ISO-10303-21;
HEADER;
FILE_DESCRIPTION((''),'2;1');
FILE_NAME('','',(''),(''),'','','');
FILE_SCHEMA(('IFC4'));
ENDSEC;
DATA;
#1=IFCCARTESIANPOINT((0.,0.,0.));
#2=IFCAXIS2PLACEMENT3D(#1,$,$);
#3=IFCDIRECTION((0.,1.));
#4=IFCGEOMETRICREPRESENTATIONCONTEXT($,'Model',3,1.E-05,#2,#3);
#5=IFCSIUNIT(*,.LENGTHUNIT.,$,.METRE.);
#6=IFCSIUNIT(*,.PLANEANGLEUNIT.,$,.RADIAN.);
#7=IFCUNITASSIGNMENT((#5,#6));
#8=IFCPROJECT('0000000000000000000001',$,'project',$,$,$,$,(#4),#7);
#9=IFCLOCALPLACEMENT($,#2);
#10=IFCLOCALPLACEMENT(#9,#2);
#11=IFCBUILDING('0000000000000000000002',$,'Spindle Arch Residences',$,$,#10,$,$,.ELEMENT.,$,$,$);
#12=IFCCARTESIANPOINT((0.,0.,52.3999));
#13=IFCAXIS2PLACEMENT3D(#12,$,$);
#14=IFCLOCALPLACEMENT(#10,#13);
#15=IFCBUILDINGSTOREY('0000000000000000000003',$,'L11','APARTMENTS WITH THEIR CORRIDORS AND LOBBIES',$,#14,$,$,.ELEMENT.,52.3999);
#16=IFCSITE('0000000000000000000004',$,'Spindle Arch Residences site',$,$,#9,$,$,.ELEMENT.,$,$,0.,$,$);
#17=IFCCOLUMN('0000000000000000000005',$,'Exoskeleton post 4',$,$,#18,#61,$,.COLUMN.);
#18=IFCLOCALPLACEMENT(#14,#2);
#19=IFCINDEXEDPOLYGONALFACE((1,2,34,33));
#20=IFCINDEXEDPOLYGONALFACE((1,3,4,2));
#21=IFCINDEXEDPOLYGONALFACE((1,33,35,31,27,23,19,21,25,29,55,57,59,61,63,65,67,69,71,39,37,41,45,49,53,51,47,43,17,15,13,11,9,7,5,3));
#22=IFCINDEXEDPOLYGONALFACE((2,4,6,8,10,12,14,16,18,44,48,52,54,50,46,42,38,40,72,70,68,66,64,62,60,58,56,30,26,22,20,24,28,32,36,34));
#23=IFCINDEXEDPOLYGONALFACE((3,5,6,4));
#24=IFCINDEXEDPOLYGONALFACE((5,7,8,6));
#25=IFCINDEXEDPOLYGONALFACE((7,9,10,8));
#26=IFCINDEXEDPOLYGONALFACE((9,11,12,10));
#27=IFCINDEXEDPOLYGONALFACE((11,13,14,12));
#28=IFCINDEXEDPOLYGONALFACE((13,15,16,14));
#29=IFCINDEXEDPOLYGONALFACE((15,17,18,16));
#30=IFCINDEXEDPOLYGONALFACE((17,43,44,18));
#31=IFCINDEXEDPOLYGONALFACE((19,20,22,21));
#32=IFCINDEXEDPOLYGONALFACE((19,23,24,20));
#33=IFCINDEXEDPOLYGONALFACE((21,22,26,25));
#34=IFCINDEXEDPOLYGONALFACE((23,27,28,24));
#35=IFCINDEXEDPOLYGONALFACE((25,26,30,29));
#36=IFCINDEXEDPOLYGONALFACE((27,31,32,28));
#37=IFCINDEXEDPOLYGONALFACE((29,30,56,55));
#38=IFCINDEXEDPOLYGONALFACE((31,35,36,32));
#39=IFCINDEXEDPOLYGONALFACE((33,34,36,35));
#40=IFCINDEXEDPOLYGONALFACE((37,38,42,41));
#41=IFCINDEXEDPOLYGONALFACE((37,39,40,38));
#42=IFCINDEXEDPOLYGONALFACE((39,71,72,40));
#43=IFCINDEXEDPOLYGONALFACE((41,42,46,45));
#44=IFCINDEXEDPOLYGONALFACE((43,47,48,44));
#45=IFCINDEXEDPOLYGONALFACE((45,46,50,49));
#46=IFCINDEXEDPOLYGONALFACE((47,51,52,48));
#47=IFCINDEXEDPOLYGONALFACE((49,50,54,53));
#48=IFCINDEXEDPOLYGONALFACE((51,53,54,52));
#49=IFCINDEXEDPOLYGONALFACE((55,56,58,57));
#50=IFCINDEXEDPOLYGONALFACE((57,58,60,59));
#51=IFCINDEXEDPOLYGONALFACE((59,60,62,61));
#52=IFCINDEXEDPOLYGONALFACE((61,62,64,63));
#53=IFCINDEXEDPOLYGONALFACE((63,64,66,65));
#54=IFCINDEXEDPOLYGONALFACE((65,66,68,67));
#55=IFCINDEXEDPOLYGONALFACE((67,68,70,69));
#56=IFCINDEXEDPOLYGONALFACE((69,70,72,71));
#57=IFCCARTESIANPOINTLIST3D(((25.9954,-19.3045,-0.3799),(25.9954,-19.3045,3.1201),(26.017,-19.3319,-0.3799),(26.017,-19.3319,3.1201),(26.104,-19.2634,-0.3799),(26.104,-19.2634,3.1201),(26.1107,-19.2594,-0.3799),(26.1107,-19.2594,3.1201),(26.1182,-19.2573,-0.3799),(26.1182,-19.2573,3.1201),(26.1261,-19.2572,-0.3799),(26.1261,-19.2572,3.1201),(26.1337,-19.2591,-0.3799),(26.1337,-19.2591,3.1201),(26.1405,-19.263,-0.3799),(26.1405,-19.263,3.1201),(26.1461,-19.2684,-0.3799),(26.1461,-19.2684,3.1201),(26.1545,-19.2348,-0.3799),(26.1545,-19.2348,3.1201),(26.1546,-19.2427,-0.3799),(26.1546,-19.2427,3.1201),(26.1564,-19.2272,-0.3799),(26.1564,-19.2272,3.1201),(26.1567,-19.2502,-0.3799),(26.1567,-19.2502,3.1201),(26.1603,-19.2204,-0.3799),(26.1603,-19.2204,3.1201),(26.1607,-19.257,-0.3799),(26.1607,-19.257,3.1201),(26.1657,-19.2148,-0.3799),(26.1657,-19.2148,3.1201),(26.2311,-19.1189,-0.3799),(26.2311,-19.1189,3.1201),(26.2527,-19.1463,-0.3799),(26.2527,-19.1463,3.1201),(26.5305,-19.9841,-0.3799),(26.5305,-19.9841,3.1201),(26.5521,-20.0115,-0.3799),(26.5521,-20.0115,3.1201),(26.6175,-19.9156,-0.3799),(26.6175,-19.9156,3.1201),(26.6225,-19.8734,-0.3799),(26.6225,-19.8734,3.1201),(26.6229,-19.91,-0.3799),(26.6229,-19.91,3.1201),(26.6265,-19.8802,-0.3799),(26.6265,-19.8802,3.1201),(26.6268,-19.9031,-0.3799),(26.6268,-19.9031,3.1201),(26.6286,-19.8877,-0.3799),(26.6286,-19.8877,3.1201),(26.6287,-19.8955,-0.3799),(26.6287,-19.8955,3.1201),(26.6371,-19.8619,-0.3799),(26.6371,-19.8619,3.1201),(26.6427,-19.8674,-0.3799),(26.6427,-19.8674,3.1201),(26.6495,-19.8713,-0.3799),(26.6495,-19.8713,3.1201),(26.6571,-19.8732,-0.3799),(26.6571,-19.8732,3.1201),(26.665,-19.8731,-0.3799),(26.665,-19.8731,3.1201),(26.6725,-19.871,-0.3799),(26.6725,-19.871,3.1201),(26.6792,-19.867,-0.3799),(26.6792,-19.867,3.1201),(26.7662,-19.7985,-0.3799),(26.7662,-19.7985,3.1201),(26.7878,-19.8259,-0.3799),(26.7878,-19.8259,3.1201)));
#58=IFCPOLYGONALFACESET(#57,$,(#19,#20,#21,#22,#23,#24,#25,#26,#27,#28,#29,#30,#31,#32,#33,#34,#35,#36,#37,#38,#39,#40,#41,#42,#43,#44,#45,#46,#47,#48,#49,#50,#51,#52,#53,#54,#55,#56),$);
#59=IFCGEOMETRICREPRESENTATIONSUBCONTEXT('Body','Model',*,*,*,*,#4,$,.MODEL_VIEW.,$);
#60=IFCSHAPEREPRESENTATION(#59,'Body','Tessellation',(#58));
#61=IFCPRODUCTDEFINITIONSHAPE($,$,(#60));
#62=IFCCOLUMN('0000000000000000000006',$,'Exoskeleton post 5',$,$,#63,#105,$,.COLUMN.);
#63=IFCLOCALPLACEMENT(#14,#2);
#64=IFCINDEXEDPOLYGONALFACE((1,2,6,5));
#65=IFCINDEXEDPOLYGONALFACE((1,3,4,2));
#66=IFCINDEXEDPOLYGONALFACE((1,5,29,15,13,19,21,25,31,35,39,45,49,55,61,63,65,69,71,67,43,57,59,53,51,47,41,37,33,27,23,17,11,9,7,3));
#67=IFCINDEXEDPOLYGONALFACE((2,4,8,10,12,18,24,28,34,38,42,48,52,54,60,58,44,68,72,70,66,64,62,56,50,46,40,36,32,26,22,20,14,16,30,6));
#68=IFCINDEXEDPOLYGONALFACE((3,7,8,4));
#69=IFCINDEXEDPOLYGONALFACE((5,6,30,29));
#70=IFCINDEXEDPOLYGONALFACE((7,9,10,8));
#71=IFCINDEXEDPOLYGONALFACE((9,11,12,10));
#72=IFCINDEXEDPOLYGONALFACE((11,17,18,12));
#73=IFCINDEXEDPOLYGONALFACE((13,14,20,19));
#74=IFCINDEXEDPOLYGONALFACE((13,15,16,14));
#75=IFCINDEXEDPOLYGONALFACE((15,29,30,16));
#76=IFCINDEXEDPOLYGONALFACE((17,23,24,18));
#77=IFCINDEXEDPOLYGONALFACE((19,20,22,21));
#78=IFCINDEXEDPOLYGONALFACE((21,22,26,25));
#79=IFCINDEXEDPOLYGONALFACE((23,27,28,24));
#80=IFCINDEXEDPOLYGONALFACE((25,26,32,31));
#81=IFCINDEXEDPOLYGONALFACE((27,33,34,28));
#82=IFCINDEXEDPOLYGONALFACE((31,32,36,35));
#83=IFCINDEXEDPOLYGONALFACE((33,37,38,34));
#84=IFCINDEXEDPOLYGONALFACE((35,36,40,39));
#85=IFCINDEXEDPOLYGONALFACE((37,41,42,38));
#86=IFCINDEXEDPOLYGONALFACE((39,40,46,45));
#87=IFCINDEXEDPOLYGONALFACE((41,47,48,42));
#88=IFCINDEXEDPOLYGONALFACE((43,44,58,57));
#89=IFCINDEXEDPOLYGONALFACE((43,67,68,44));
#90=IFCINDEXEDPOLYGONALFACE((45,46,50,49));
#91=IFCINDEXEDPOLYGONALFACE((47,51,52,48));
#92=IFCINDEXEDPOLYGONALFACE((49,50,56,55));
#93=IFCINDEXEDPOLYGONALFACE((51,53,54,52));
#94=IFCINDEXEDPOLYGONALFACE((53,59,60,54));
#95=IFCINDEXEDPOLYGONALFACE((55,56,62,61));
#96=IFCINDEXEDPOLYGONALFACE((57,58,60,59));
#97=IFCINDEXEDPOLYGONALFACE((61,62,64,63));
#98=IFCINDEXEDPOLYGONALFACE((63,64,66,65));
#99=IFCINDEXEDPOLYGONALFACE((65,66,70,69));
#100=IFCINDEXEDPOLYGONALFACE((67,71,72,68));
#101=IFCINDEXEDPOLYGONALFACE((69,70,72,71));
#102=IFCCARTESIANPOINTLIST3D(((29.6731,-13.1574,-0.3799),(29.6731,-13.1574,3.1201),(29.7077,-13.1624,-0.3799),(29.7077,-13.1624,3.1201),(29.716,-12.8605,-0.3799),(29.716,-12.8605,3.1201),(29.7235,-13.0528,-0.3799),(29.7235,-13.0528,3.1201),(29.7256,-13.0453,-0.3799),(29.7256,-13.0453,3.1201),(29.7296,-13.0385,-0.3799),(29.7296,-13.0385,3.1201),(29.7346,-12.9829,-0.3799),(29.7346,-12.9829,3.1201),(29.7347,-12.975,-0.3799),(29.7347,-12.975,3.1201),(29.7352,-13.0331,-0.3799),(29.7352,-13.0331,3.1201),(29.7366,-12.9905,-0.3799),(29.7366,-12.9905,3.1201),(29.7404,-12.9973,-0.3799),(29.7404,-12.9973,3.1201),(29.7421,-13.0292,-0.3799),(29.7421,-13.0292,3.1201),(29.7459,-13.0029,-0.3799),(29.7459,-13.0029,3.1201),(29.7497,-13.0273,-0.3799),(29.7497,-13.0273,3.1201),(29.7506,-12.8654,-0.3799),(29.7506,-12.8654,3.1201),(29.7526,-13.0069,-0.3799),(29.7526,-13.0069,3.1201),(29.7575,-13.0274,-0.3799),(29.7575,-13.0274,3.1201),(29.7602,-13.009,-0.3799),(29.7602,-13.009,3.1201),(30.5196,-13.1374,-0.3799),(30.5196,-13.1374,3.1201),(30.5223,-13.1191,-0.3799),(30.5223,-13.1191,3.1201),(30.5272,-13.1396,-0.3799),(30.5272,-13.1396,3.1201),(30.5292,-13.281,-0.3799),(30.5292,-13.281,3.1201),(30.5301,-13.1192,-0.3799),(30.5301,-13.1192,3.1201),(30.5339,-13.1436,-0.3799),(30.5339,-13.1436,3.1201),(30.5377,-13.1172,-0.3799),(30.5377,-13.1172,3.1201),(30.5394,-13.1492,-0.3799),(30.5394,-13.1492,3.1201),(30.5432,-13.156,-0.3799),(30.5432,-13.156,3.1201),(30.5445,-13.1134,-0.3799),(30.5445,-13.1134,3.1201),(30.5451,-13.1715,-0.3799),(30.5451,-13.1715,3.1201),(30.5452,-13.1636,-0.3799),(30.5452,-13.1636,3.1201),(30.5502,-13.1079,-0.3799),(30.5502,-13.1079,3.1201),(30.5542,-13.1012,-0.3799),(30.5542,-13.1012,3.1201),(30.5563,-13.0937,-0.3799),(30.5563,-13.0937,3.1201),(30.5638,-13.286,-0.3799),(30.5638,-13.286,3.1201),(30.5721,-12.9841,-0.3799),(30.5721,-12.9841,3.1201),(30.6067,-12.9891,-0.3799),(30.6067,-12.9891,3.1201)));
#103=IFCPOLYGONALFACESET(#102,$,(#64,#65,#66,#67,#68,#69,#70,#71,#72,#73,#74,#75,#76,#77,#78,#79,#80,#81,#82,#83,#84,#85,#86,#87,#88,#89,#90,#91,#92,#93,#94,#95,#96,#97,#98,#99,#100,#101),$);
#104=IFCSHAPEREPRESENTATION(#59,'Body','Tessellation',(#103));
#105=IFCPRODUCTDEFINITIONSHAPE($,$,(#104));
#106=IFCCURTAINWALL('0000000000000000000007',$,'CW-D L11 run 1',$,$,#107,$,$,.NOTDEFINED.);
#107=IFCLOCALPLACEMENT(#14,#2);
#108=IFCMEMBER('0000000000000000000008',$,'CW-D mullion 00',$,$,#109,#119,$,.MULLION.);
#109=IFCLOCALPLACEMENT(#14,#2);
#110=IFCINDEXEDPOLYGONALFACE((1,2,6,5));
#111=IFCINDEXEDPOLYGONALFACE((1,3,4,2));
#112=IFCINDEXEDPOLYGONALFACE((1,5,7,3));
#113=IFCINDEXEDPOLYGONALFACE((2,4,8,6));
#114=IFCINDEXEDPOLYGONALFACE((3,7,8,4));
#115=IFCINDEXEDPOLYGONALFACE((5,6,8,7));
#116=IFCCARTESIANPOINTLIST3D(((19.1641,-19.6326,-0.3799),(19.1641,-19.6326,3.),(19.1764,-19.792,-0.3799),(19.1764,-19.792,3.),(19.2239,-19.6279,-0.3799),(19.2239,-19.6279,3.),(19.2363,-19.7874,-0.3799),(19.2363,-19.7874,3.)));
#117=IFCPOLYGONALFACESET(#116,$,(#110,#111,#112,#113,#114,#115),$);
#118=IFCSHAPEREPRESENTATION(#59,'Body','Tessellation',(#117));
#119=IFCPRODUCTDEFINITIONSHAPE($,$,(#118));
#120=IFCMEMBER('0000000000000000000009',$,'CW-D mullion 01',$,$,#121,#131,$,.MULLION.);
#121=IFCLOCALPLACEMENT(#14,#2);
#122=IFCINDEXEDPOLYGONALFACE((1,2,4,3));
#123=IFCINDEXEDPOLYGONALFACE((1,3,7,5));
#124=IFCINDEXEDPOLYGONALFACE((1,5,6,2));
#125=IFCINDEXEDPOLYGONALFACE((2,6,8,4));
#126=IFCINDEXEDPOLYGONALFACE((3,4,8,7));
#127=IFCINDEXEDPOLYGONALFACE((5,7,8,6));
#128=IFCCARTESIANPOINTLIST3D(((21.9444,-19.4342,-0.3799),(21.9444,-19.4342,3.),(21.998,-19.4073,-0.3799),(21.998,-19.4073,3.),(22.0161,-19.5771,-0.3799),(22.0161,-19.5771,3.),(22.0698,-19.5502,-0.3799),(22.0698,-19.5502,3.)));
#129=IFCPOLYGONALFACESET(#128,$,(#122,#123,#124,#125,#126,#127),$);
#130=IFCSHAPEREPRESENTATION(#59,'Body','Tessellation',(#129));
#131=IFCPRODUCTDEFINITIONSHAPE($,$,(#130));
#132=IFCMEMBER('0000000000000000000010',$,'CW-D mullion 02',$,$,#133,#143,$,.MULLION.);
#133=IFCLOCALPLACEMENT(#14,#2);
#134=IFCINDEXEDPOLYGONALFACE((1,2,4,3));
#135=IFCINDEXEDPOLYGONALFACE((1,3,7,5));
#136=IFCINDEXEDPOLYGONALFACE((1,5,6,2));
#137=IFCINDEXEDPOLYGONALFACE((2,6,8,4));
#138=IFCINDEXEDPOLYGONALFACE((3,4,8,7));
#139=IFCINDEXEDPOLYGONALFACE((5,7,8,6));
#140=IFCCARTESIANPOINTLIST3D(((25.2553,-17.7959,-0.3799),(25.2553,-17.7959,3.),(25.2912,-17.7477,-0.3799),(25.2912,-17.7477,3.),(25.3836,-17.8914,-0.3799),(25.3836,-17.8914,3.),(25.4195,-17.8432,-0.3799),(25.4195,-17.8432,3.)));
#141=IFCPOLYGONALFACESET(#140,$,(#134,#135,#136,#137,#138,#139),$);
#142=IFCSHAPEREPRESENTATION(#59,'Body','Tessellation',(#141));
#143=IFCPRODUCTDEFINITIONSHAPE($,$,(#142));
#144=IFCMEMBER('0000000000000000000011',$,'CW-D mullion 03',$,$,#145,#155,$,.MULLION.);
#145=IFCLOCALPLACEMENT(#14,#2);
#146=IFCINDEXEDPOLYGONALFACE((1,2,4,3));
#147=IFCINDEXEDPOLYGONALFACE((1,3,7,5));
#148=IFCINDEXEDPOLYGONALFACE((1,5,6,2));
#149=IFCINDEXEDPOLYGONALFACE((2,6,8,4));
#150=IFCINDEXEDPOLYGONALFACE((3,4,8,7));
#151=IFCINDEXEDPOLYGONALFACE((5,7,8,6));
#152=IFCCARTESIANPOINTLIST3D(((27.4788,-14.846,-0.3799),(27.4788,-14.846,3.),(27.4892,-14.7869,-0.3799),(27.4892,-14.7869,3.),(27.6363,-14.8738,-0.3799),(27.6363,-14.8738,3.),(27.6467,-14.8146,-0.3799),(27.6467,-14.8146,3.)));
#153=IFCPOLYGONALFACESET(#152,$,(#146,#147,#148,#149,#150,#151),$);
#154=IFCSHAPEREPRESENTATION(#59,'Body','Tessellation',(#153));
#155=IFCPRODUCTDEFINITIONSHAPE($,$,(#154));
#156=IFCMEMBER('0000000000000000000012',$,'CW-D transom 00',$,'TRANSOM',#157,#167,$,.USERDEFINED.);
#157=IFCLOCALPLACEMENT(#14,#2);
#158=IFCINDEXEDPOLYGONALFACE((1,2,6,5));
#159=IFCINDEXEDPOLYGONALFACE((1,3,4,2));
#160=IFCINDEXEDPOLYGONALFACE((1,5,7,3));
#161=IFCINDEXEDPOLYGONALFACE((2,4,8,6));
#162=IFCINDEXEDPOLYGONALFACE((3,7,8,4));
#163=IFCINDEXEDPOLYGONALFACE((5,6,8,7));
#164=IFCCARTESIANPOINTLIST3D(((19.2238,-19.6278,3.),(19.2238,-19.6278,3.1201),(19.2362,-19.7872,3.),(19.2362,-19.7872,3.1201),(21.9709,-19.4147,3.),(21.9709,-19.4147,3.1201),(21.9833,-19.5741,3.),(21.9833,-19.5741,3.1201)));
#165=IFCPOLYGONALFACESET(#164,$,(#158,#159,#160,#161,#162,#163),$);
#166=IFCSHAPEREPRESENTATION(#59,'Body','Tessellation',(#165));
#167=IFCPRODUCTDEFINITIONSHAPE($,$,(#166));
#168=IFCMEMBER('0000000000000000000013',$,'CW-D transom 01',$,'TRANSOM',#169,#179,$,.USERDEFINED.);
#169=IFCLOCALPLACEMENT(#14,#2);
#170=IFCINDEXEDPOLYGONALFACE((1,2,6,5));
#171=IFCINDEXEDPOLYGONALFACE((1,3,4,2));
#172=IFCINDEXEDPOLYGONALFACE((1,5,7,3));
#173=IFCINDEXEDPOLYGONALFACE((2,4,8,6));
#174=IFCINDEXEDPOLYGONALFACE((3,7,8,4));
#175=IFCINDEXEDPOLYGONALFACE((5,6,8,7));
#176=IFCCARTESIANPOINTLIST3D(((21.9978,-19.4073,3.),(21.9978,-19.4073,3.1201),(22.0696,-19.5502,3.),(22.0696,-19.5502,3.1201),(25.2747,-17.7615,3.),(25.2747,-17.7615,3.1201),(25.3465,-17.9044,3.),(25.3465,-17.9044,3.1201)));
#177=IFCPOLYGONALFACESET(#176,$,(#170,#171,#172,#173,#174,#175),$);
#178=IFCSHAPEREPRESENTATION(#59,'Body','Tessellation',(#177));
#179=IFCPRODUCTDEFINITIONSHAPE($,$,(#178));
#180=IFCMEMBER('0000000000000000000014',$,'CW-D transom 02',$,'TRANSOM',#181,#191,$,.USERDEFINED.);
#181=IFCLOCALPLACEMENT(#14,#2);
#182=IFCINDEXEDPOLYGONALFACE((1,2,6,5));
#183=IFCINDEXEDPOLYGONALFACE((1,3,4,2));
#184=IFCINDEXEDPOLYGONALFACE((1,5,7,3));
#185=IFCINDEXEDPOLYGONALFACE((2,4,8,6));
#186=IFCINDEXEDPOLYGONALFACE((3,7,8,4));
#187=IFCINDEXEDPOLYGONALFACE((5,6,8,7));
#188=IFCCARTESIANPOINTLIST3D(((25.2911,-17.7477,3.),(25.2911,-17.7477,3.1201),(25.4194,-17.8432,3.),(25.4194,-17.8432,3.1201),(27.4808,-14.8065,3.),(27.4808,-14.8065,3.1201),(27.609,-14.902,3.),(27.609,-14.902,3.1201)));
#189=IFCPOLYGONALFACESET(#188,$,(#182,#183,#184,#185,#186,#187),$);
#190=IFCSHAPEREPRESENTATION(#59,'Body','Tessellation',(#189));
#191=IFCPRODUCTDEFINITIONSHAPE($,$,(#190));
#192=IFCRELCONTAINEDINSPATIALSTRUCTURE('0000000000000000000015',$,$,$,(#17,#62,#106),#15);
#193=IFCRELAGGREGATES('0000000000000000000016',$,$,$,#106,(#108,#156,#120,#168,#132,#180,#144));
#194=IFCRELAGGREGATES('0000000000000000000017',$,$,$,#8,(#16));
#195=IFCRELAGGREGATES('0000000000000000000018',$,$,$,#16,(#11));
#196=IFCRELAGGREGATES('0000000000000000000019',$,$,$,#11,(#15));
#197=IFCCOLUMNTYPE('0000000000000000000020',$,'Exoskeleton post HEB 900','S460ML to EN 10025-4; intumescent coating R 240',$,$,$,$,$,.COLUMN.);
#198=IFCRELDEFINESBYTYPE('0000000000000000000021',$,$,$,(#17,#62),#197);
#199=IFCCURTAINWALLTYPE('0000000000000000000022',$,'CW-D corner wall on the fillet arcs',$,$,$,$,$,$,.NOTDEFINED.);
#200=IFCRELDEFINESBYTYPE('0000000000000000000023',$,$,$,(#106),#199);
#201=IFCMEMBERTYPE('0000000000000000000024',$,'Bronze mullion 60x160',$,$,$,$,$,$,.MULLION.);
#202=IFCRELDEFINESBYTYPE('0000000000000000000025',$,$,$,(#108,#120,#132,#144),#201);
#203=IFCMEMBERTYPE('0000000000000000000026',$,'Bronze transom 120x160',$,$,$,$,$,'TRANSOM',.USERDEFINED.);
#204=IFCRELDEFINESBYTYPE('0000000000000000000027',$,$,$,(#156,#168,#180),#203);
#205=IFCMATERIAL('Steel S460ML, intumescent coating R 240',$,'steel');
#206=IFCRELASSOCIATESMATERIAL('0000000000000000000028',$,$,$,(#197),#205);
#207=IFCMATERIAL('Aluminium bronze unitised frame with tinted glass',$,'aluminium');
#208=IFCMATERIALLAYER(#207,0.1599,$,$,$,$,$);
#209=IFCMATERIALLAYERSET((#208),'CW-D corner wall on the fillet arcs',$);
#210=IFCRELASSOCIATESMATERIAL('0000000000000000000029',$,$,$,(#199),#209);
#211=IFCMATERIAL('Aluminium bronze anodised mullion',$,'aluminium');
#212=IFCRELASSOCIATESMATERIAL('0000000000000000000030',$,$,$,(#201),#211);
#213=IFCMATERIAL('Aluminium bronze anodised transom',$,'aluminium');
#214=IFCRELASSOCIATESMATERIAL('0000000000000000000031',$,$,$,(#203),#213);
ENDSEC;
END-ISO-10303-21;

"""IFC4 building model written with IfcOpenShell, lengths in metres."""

from ifc_helpers import new_model, si_unit, direction, frame, origin, origin_2d, place, context, subcontext, project, spatial, rectangle, i_section, extrude, material, layer, layer_set, material_profile, profile_set, type_object, element, aggregate, save


model = new_model("IFC4")

# Units and contexts
model_context = context("Model", 3, precision=1e-05, world=origin(), true_north=direction((0.0, 1.0)))
body_context = subcontext(model_context, "Body", "Model", "MODEL_VIEW")
ifc_project = project(units=[si_unit("LENGTHUNIT", "METRE"), si_unit("PLANEANGLEUNIT", "RADIAN")], contexts=[model_context])

# Site, building, storey
site_placement = place(None, origin())
site = spatial("IfcSite", under=ifc_project, at=site_placement, Name="Spindle Arch Residences site", CompositionType="ELEMENT", RefElevation=0.0)
building_placement = place(site_placement, origin())
building = spatial("IfcBuilding", under=site, at=building_placement, Name="Spindle Arch Residences", CompositionType="ELEMENT")
storey_placement = place(building_placement, frame((0.0, 0.0, 52.3999)))
storey = spatial("IfcBuildingStorey", under=building, at=storey_placement, Name="L11", Description="APARTMENTS WITH THEIR CORRIDORS AND LOBBIES", CompositionType="ELEMENT", Elevation=52.3999)

# Columns
ifc_material_1 = material(Name="Steel S460ML, intumescent coating R 240", Category="steel")
ifc_material_profile_1 = material_profile(ifc_material_1, i_section(OverallWidth=0.3, OverallDepth=0.8999, WebThickness=0.0186, FlangeThickness=0.0349, FilletRadius=0.03, at=origin_2d()), Name="HEB 900")
ifc_profile_set_1 = profile_set([ifc_material_profile_1], Name="Steel S460ML, intumescent coating R 240")
column_type = type_object("IfcColumnType", Name="Exoskeleton post HEB 900", Description="S460ML to EN 10025-4; intumescent coating R 240", PredefinedType="COLUMN", material=ifc_profile_set_1)
for number, where, z_axis, x_axis, name in (
    (1, (26.3916, -19.5652, -0.3799), (0.0, 0.0, 1.0), (-0.785684, -0.618629, 0.0), "Exoskeleton post 4"),
    (2, (30.1399, -13.0732, -0.3799), (0.0, 0.0, 1.0), (-0.142906, -0.989736, 0.0), "Exoskeleton post 5"),
):
    element("IfcColumn", number, at=place(storey_placement, frame(where, z_axis=z_axis, x_axis=x_axis)), inside=storey, type_object=column_type, Name=name, PredefinedType="COLUMN", context=body_context, shape_type="SweptSolid", body=[
        extrude(i_section(OverallWidth=0.3, OverallDepth=0.8999, WebThickness=0.0186, FlangeThickness=0.0349, FilletRadius=0.03, at=origin_2d()), origin(), (0.0, 0.0, 1.0), 3.5),
    ])

# Curtain wall, members
ifc_material_2 = material(Name="Aluminium bronze unitised frame with tinted glass", Category="aluminium")
ifc_layer_1 = layer(ifc_material_2, 0.1599)
ifc_layer_set_1 = layer_set([ifc_layer_1], Name="CW-D corner wall on the fillet arcs")
curtain_wall_type = type_object("IfcCurtainWallType", Name="CW-D corner wall on the fillet arcs", PredefinedType="NOTDEFINED", material=ifc_layer_set_1)
curtain_wall_placement = place(storey_placement, origin())
curtain_wall = element("IfcCurtainWall", 3, at=curtain_wall_placement, inside=storey, type_object=curtain_wall_type, Name="CW-D L11 run 1", PredefinedType="NOTDEFINED")
ifc_material_3 = material(Name="Aluminium bronze anodised mullion", Category="aluminium")
ifc_material_profile_2 = material_profile(ifc_material_3, rectangle(XDim=0.1599, YDim=0.0601, at=origin_2d()), Name="MU 60x160")
ifc_profile_set_2 = profile_set([ifc_material_profile_2], Name="Aluminium bronze anodised mullion")
member_type_1 = type_object("IfcMemberType", Name="Bronze mullion 60x160", PredefinedType="MULLION", material=ifc_profile_set_2)
member_1_placement = place(storey_placement, frame((19.2002, -19.71, -0.3799), z_axis=(0.0, 0.0, 1.0), x_axis=(-0.077364, 0.997003, 0.0)))
member_1 = element("IfcMember", 4, at=member_1_placement, type_object=member_type_1, Name="CW-D mullion 00", PredefinedType="MULLION", context=body_context, shape_type="SweptSolid", body=[
    extrude(rectangle(XDim=0.1599, YDim=0.0601, at=origin_2d()), origin(), (0.0, 0.0, 1.0), 3.3799),
])
member_2_placement = place(storey_placement, frame((22.0071, -19.4922, -0.3799), z_axis=(0.0, 0.0, 1.0), x_axis=(-0.448799, 0.893633, 0.0)))
member_2 = element("IfcMember", 5, at=member_2_placement, type_object=member_type_1, Name="CW-D mullion 01", PredefinedType="MULLION", context=body_context, shape_type="SweptSolid", body=[
    extrude(rectangle(XDim=0.1599, YDim=0.0601, at=origin_2d()), origin(), (0.0, 0.0, 1.0), 3.3799),
])
member_3_placement = place(storey_placement, frame((25.3374, -17.8196, -0.3799), z_axis=(0.0, 0.0, 1.0), x_axis=(-0.802123, 0.597159, 0.0)))
member_3 = element("IfcMember", 6, at=member_3_placement, type_object=member_type_1, Name="CW-D mullion 02", PredefinedType="MULLION", context=body_context, shape_type="SweptSolid", body=[
    extrude(rectangle(XDim=0.1599, YDim=0.0601, at=origin_2d()), origin(), (0.0, 0.0, 1.0), 3.3799),
])
member_4_placement = place(storey_placement, frame((27.5627, -14.8303, -0.3799), z_axis=(0.0, 0.0, 1.0), x_axis=(-0.984808, 0.173648, 0.0)))
member_4 = element("IfcMember", 7, at=member_4_placement, type_object=member_type_1, Name="CW-D mullion 03", PredefinedType="MULLION", context=body_context, shape_type="SweptSolid", body=[
    extrude(rectangle(XDim=0.1599, YDim=0.0601, at=origin_2d()), origin(), (0.0, 0.0, 1.0), 3.3799),
])
ifc_material_4 = material(Name="Aluminium bronze anodised transom", Category="aluminium")
ifc_material_profile_3 = material_profile(ifc_material_4, rectangle(XDim=0.1599, YDim=0.1201, at=origin_2d()), Name="TR 120x160")
ifc_profile_set_3 = profile_set([ifc_material_profile_3], Name="Aluminium bronze anodised transom")
member_type_2 = type_object("IfcMemberType", Name="Bronze transom 120x160", ElementType="TRANSOM", PredefinedType="USERDEFINED", material=ifc_profile_set_3)
member_5_placement = place(storey_placement, frame((19.23, -19.7075, 3.0601), z_axis=(0.997004, 0.077354, 0.0), x_axis=(-0.077354, 0.997004, 0.0)))
member_5 = element("IfcMember", 8, at=member_5_placement, type_object=member_type_2, Name="CW-D transom 00", ObjectType="TRANSOM", PredefinedType="USERDEFINED", context=body_context, shape_type="SweptSolid", body=[
    extrude(rectangle(XDim=0.1599, YDim=0.1201, at=origin_2d()), origin(), (0.0, 0.0, 1.0), 2.7554),
])
member_6_placement = place(storey_placement, frame((22.0337, -19.4788, 3.0601), z_axis=(0.893627, 0.448811, 0.0), x_axis=(-0.448811, 0.893627, 0.0)))
member_6 = element("IfcMember", 9, at=member_6_placement, type_object=member_type_2, Name="CW-D transom 01", ObjectType="TRANSOM", PredefinedType="USERDEFINED", context=body_context, shape_type="SweptSolid", body=[
    extrude(rectangle(XDim=0.1599, YDim=0.1201, at=origin_2d()), origin(), (0.0, 0.0, 1.0), 3.667),
])
member_7_placement = place(storey_placement, frame((25.3552, -17.7954, 3.0601), z_axis=(0.597173, 0.802112, 0.0), x_axis=(-0.802112, 0.597173, 0.0)))
member_7 = element("IfcMember", 10, at=member_7_placement, type_object=member_type_2, Name="CW-D transom 02", ObjectType="TRANSOM", PredefinedType="USERDEFINED", context=body_context, shape_type="SweptSolid", body=[
    extrude(rectangle(XDim=0.1599, YDim=0.1201, at=origin_2d()), origin(), (0.0, 0.0, 1.0), 3.6667),
])

aggregate(curtain_wall, [member_1, member_5, member_2, member_6, member_3, member_7, member_4])

save(model, "model.ifc")
